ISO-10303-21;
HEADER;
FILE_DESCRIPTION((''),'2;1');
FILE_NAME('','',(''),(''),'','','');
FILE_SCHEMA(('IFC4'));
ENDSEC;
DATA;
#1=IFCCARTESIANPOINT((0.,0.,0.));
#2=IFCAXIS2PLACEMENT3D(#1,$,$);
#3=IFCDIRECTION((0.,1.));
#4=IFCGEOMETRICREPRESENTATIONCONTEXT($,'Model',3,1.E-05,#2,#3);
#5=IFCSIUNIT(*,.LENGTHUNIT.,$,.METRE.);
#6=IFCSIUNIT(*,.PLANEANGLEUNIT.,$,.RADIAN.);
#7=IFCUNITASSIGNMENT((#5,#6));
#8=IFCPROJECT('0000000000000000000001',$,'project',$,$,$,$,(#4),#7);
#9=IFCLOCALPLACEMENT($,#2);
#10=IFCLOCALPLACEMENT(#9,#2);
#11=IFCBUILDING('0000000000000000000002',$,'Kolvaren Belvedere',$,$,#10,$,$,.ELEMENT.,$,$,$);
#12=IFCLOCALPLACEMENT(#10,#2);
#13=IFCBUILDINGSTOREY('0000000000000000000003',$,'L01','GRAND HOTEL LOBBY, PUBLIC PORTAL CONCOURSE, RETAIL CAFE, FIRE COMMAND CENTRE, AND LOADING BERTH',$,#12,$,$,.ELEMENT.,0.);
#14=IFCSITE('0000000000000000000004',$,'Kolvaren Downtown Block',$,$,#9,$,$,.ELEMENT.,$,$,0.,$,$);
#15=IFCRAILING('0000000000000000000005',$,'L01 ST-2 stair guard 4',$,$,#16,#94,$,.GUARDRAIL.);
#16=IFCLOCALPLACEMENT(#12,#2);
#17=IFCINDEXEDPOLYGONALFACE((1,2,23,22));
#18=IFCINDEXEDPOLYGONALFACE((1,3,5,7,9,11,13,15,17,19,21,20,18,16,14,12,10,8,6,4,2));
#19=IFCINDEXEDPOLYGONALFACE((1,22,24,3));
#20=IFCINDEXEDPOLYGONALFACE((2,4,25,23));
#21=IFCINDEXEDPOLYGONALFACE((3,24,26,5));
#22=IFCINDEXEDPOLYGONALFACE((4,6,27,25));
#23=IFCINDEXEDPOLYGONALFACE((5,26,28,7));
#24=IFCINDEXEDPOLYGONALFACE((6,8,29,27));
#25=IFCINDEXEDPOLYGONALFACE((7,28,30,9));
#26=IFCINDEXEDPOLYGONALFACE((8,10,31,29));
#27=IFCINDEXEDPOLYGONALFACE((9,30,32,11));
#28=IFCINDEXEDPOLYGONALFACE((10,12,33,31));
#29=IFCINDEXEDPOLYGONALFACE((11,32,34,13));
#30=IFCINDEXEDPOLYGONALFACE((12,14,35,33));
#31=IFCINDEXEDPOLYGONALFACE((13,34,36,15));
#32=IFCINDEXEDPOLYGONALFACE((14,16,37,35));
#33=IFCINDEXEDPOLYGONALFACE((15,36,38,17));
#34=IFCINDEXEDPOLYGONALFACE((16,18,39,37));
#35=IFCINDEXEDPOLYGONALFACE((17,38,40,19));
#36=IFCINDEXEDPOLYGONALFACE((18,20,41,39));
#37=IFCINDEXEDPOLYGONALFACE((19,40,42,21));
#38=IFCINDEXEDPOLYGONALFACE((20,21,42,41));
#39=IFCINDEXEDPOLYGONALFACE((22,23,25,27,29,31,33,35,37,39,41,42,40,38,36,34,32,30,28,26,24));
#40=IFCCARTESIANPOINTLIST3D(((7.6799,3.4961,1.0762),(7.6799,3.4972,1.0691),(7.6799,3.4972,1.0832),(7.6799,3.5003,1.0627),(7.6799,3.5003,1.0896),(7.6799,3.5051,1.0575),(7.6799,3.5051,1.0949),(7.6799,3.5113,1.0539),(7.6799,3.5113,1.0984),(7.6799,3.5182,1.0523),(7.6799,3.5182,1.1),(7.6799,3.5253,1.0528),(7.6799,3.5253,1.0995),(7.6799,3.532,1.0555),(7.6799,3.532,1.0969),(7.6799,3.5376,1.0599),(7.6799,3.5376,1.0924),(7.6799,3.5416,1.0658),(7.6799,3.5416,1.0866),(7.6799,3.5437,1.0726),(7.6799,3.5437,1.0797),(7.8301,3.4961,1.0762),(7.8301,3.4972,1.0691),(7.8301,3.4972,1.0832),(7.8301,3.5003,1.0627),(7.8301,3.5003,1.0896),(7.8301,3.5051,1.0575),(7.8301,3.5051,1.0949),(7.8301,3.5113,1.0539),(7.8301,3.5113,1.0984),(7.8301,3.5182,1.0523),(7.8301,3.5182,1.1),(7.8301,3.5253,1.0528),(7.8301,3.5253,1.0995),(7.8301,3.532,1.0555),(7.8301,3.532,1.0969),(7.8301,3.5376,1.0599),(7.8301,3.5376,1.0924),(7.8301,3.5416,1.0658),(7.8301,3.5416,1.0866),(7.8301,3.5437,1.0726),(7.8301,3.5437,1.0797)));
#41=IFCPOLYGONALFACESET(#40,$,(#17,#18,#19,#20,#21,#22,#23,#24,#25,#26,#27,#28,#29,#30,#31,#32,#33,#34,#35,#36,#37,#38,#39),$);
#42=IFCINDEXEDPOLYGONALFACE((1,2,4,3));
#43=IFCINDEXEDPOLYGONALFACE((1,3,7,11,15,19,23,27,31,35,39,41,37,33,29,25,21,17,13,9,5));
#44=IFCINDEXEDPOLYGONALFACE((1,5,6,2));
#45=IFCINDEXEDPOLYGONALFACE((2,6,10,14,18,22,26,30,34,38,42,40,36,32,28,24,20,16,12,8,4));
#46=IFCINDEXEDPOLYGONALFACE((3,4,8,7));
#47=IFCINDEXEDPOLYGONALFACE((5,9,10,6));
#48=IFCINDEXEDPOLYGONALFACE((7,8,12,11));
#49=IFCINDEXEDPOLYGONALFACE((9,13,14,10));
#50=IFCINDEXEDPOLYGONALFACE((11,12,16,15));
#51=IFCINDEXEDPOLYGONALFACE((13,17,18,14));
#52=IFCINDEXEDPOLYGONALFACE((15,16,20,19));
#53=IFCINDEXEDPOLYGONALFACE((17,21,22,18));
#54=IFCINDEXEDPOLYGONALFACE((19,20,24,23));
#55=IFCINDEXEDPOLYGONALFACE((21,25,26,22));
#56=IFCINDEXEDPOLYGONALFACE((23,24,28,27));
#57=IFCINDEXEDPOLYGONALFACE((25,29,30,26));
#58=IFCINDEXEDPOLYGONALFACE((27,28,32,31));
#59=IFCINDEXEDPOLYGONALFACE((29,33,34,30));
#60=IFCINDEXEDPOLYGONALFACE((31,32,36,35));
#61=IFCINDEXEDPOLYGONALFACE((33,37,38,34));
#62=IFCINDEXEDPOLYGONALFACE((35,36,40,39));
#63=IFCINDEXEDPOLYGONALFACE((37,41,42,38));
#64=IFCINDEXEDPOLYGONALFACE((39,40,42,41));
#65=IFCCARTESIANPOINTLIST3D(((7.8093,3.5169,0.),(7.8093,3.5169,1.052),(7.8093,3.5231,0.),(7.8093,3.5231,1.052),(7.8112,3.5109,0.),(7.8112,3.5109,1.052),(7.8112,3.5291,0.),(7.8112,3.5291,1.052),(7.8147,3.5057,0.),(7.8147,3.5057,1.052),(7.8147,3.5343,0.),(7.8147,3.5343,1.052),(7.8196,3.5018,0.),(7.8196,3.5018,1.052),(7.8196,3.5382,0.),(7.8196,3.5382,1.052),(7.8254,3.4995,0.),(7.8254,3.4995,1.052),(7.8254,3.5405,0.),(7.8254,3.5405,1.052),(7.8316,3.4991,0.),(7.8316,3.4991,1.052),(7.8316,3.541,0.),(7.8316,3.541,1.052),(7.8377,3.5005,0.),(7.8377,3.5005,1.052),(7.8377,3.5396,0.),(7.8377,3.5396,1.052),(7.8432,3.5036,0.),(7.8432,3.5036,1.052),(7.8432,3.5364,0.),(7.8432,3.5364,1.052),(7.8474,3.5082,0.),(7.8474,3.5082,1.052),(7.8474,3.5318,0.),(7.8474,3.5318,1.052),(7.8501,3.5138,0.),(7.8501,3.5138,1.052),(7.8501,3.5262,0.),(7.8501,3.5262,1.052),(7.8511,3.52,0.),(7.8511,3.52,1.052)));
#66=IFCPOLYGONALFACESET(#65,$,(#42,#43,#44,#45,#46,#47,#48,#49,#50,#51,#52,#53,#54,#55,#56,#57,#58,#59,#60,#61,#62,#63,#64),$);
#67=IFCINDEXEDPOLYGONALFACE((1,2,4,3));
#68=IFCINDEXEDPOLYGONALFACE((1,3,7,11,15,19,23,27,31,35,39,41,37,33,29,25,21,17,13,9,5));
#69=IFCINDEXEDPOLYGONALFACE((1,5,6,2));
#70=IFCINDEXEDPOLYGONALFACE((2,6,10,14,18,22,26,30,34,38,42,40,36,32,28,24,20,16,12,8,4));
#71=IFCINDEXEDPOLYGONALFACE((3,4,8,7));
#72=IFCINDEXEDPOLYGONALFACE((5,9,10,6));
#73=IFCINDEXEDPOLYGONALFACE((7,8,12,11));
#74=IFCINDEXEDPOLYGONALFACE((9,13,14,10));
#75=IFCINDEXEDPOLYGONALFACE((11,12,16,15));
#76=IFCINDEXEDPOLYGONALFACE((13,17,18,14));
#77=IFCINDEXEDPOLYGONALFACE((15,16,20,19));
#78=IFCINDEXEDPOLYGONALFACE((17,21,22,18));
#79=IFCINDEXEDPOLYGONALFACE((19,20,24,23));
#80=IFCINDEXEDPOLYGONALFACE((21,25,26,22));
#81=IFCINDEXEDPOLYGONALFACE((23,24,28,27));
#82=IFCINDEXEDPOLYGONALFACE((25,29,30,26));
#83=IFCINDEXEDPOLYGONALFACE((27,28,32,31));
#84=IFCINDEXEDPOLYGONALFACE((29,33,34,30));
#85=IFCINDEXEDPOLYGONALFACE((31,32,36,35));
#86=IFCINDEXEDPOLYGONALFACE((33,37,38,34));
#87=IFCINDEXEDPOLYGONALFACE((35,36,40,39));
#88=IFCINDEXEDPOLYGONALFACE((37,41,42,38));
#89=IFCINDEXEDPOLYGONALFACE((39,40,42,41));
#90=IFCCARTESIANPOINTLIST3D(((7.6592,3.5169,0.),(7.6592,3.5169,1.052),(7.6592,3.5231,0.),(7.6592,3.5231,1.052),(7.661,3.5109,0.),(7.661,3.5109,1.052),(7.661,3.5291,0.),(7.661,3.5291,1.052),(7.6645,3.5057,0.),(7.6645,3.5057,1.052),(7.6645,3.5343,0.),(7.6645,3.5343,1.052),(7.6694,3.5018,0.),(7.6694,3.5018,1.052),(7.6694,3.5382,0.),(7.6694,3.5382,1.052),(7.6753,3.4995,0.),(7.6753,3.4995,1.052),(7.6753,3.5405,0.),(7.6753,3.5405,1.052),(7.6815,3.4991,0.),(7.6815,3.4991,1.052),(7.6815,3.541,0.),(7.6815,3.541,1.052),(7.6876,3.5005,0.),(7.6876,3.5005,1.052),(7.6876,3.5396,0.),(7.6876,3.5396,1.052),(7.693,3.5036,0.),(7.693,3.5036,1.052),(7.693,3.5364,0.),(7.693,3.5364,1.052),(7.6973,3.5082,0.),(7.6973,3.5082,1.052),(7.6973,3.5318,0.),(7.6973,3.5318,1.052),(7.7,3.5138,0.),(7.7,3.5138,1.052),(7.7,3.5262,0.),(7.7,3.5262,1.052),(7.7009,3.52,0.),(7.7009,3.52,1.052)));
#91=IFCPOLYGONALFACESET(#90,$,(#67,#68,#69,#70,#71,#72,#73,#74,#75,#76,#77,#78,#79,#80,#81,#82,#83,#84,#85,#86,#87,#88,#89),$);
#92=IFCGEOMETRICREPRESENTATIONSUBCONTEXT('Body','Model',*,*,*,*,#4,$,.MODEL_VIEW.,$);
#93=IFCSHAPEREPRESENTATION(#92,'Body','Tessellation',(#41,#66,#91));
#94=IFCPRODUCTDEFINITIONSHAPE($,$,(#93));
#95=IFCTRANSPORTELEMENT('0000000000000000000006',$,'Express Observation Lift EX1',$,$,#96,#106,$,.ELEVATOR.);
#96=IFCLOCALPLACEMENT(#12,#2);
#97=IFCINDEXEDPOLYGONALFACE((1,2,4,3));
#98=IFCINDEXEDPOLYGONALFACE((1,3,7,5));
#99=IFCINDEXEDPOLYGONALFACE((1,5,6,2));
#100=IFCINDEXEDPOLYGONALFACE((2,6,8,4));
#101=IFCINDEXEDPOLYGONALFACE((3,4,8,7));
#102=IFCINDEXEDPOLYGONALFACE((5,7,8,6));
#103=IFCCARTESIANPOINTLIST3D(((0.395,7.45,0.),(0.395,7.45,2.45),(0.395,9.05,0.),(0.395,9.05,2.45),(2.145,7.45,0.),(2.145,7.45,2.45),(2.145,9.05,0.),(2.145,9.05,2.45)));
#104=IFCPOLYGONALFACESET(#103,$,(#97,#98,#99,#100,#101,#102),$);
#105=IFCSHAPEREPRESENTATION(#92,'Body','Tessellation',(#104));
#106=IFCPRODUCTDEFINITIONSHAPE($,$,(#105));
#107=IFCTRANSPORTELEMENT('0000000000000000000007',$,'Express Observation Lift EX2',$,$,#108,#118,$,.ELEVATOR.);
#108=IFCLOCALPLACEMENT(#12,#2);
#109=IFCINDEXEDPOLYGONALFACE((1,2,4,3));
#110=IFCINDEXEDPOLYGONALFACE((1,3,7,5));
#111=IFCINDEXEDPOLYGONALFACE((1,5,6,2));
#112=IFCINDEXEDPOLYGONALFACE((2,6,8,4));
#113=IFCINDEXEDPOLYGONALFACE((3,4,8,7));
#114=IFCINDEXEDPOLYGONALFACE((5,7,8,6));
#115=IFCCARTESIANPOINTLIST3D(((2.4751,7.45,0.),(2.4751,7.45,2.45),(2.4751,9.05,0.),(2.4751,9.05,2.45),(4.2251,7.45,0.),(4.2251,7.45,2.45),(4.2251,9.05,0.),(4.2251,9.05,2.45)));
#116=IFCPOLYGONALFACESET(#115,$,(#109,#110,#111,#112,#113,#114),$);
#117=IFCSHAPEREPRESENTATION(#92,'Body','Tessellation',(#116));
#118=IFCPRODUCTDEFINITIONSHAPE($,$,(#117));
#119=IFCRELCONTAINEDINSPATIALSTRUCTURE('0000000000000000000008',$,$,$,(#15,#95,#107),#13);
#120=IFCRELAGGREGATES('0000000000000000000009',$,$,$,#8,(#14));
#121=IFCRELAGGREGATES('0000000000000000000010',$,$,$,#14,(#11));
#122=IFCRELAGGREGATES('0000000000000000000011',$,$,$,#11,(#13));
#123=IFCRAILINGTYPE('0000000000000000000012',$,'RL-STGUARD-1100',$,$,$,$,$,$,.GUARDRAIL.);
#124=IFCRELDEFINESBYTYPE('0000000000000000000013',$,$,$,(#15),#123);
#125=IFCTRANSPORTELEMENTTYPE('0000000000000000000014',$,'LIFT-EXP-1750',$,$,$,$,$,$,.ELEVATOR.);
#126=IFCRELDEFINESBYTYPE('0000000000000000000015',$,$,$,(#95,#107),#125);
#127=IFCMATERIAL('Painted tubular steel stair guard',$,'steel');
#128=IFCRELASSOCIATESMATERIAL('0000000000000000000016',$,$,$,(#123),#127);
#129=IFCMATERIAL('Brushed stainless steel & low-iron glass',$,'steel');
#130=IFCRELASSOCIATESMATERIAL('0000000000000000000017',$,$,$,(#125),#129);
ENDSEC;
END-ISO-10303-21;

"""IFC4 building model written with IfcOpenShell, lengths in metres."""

from ifc_helpers import new_model, si_unit, direction, frame, origin, origin_2d, place, context, subcontext, project, spatial, polyline, circle, outline, extrude, material, type_object, element, save


model = new_model("IFC4")

# Units and contexts
model_context = context("Model", 3, precision=1e-05, world=origin(), true_north=direction((0.0, 1.0)))
body_context = subcontext(model_context, "Body", "Model", "MODEL_VIEW")
ifc_project = project(units=[si_unit("LENGTHUNIT", "METRE"), si_unit("PLANEANGLEUNIT", "RADIAN")], contexts=[model_context])

# Site, building, storey
site_placement = place(None, origin())
site = spatial("IfcSite", under=ifc_project, at=site_placement, Name="Kolvaren Downtown Block", CompositionType="ELEMENT", RefElevation=0.0)
building_placement = place(site_placement, origin())
building = spatial("IfcBuilding", under=site, at=building_placement, Name="Kolvaren Belvedere", CompositionType="ELEMENT")
storey_placement = place(building_placement, origin())
storey = spatial("IfcBuildingStorey", under=building, at=storey_placement, Name="L01", Description="GRAND HOTEL LOBBY, PUBLIC PORTAL CONCOURSE, RETAIL CAFE, FIRE COMMAND CENTRE, AND LOADING BERTH", CompositionType="ELEMENT", Elevation=0.0)

# Railing
ifc_material_1 = material(Name="Painted tubular steel stair guard", Category="steel")
railing_type_1 = type_object("IfcRailingType", Name="RL-STGUARD-1100", PredefinedType="GUARDRAIL", material=ifc_material_1)
railing_1_placement = place(storey_placement, frame((7.8301, 3.52, 0.0)))
element("IfcRailing", 1, at=railing_1_placement, inside=storey, type_object=railing_type_1, Name="L01 ST-2 stair guard 4", PredefinedType="GUARDRAIL", context=body_context, shape_type="SweptSolid", body=[
    extrude(circle(Radius=0.0239, at=origin_2d()), frame((0.0, 0.0, 1.0762), z_axis=(-1.0, 0.0, 0.0), x_axis=(0.0, -1.0, 0.0)), (0.0, 0.0, 1.0), 0.1501),
    extrude(circle(Radius=0.021, at=origin_2d()), origin(), (0.0, 0.0, 1.0), 1.052),
    extrude(circle(Radius=0.021, at=origin_2d()), frame((-0.1501, 0.0, 0.0)), (0.0, 0.0, 1.0), 1.052),
])

# Transport elements
ifc_material_2 = material(Name="Brushed stainless steel & low-iron glass", Category="steel")
transport_element_type = type_object("IfcTransportElementType", Name="LIFT-EXP-1750", PredefinedType="ELEVATOR", material=ifc_material_2)
transport_element_1_placement = place(storey_placement, origin())
element("IfcTransportElement", 2, at=transport_element_1_placement, inside=storey, type_object=transport_element_type, Name="Express Observation Lift EX1", PredefinedType="ELEVATOR", context=body_context, shape_type="SweptSolid", body=[
    extrude(outline(polyline([(0.395, 7.45), (2.145, 7.45), (2.145, 9.05), (0.395, 9.05), (0.395, 7.45)])), origin(), (0.0, 0.0, 1.0), 2.45),
])
transport_element_2_placement = place(storey_placement, origin())
element("IfcTransportElement", 3, at=transport_element_2_placement, inside=storey, type_object=transport_element_type, Name="Express Observation Lift EX2", PredefinedType="ELEVATOR", context=body_context, shape_type="SweptSolid", body=[
    extrude(outline(polyline([(2.4751, 7.45), (4.2251, 7.45), (4.2251, 9.05), (2.4751, 9.05), (2.4751, 7.45)])), origin(), (0.0, 0.0, 1.0), 2.45),
])

save(model, "model.ifc")
